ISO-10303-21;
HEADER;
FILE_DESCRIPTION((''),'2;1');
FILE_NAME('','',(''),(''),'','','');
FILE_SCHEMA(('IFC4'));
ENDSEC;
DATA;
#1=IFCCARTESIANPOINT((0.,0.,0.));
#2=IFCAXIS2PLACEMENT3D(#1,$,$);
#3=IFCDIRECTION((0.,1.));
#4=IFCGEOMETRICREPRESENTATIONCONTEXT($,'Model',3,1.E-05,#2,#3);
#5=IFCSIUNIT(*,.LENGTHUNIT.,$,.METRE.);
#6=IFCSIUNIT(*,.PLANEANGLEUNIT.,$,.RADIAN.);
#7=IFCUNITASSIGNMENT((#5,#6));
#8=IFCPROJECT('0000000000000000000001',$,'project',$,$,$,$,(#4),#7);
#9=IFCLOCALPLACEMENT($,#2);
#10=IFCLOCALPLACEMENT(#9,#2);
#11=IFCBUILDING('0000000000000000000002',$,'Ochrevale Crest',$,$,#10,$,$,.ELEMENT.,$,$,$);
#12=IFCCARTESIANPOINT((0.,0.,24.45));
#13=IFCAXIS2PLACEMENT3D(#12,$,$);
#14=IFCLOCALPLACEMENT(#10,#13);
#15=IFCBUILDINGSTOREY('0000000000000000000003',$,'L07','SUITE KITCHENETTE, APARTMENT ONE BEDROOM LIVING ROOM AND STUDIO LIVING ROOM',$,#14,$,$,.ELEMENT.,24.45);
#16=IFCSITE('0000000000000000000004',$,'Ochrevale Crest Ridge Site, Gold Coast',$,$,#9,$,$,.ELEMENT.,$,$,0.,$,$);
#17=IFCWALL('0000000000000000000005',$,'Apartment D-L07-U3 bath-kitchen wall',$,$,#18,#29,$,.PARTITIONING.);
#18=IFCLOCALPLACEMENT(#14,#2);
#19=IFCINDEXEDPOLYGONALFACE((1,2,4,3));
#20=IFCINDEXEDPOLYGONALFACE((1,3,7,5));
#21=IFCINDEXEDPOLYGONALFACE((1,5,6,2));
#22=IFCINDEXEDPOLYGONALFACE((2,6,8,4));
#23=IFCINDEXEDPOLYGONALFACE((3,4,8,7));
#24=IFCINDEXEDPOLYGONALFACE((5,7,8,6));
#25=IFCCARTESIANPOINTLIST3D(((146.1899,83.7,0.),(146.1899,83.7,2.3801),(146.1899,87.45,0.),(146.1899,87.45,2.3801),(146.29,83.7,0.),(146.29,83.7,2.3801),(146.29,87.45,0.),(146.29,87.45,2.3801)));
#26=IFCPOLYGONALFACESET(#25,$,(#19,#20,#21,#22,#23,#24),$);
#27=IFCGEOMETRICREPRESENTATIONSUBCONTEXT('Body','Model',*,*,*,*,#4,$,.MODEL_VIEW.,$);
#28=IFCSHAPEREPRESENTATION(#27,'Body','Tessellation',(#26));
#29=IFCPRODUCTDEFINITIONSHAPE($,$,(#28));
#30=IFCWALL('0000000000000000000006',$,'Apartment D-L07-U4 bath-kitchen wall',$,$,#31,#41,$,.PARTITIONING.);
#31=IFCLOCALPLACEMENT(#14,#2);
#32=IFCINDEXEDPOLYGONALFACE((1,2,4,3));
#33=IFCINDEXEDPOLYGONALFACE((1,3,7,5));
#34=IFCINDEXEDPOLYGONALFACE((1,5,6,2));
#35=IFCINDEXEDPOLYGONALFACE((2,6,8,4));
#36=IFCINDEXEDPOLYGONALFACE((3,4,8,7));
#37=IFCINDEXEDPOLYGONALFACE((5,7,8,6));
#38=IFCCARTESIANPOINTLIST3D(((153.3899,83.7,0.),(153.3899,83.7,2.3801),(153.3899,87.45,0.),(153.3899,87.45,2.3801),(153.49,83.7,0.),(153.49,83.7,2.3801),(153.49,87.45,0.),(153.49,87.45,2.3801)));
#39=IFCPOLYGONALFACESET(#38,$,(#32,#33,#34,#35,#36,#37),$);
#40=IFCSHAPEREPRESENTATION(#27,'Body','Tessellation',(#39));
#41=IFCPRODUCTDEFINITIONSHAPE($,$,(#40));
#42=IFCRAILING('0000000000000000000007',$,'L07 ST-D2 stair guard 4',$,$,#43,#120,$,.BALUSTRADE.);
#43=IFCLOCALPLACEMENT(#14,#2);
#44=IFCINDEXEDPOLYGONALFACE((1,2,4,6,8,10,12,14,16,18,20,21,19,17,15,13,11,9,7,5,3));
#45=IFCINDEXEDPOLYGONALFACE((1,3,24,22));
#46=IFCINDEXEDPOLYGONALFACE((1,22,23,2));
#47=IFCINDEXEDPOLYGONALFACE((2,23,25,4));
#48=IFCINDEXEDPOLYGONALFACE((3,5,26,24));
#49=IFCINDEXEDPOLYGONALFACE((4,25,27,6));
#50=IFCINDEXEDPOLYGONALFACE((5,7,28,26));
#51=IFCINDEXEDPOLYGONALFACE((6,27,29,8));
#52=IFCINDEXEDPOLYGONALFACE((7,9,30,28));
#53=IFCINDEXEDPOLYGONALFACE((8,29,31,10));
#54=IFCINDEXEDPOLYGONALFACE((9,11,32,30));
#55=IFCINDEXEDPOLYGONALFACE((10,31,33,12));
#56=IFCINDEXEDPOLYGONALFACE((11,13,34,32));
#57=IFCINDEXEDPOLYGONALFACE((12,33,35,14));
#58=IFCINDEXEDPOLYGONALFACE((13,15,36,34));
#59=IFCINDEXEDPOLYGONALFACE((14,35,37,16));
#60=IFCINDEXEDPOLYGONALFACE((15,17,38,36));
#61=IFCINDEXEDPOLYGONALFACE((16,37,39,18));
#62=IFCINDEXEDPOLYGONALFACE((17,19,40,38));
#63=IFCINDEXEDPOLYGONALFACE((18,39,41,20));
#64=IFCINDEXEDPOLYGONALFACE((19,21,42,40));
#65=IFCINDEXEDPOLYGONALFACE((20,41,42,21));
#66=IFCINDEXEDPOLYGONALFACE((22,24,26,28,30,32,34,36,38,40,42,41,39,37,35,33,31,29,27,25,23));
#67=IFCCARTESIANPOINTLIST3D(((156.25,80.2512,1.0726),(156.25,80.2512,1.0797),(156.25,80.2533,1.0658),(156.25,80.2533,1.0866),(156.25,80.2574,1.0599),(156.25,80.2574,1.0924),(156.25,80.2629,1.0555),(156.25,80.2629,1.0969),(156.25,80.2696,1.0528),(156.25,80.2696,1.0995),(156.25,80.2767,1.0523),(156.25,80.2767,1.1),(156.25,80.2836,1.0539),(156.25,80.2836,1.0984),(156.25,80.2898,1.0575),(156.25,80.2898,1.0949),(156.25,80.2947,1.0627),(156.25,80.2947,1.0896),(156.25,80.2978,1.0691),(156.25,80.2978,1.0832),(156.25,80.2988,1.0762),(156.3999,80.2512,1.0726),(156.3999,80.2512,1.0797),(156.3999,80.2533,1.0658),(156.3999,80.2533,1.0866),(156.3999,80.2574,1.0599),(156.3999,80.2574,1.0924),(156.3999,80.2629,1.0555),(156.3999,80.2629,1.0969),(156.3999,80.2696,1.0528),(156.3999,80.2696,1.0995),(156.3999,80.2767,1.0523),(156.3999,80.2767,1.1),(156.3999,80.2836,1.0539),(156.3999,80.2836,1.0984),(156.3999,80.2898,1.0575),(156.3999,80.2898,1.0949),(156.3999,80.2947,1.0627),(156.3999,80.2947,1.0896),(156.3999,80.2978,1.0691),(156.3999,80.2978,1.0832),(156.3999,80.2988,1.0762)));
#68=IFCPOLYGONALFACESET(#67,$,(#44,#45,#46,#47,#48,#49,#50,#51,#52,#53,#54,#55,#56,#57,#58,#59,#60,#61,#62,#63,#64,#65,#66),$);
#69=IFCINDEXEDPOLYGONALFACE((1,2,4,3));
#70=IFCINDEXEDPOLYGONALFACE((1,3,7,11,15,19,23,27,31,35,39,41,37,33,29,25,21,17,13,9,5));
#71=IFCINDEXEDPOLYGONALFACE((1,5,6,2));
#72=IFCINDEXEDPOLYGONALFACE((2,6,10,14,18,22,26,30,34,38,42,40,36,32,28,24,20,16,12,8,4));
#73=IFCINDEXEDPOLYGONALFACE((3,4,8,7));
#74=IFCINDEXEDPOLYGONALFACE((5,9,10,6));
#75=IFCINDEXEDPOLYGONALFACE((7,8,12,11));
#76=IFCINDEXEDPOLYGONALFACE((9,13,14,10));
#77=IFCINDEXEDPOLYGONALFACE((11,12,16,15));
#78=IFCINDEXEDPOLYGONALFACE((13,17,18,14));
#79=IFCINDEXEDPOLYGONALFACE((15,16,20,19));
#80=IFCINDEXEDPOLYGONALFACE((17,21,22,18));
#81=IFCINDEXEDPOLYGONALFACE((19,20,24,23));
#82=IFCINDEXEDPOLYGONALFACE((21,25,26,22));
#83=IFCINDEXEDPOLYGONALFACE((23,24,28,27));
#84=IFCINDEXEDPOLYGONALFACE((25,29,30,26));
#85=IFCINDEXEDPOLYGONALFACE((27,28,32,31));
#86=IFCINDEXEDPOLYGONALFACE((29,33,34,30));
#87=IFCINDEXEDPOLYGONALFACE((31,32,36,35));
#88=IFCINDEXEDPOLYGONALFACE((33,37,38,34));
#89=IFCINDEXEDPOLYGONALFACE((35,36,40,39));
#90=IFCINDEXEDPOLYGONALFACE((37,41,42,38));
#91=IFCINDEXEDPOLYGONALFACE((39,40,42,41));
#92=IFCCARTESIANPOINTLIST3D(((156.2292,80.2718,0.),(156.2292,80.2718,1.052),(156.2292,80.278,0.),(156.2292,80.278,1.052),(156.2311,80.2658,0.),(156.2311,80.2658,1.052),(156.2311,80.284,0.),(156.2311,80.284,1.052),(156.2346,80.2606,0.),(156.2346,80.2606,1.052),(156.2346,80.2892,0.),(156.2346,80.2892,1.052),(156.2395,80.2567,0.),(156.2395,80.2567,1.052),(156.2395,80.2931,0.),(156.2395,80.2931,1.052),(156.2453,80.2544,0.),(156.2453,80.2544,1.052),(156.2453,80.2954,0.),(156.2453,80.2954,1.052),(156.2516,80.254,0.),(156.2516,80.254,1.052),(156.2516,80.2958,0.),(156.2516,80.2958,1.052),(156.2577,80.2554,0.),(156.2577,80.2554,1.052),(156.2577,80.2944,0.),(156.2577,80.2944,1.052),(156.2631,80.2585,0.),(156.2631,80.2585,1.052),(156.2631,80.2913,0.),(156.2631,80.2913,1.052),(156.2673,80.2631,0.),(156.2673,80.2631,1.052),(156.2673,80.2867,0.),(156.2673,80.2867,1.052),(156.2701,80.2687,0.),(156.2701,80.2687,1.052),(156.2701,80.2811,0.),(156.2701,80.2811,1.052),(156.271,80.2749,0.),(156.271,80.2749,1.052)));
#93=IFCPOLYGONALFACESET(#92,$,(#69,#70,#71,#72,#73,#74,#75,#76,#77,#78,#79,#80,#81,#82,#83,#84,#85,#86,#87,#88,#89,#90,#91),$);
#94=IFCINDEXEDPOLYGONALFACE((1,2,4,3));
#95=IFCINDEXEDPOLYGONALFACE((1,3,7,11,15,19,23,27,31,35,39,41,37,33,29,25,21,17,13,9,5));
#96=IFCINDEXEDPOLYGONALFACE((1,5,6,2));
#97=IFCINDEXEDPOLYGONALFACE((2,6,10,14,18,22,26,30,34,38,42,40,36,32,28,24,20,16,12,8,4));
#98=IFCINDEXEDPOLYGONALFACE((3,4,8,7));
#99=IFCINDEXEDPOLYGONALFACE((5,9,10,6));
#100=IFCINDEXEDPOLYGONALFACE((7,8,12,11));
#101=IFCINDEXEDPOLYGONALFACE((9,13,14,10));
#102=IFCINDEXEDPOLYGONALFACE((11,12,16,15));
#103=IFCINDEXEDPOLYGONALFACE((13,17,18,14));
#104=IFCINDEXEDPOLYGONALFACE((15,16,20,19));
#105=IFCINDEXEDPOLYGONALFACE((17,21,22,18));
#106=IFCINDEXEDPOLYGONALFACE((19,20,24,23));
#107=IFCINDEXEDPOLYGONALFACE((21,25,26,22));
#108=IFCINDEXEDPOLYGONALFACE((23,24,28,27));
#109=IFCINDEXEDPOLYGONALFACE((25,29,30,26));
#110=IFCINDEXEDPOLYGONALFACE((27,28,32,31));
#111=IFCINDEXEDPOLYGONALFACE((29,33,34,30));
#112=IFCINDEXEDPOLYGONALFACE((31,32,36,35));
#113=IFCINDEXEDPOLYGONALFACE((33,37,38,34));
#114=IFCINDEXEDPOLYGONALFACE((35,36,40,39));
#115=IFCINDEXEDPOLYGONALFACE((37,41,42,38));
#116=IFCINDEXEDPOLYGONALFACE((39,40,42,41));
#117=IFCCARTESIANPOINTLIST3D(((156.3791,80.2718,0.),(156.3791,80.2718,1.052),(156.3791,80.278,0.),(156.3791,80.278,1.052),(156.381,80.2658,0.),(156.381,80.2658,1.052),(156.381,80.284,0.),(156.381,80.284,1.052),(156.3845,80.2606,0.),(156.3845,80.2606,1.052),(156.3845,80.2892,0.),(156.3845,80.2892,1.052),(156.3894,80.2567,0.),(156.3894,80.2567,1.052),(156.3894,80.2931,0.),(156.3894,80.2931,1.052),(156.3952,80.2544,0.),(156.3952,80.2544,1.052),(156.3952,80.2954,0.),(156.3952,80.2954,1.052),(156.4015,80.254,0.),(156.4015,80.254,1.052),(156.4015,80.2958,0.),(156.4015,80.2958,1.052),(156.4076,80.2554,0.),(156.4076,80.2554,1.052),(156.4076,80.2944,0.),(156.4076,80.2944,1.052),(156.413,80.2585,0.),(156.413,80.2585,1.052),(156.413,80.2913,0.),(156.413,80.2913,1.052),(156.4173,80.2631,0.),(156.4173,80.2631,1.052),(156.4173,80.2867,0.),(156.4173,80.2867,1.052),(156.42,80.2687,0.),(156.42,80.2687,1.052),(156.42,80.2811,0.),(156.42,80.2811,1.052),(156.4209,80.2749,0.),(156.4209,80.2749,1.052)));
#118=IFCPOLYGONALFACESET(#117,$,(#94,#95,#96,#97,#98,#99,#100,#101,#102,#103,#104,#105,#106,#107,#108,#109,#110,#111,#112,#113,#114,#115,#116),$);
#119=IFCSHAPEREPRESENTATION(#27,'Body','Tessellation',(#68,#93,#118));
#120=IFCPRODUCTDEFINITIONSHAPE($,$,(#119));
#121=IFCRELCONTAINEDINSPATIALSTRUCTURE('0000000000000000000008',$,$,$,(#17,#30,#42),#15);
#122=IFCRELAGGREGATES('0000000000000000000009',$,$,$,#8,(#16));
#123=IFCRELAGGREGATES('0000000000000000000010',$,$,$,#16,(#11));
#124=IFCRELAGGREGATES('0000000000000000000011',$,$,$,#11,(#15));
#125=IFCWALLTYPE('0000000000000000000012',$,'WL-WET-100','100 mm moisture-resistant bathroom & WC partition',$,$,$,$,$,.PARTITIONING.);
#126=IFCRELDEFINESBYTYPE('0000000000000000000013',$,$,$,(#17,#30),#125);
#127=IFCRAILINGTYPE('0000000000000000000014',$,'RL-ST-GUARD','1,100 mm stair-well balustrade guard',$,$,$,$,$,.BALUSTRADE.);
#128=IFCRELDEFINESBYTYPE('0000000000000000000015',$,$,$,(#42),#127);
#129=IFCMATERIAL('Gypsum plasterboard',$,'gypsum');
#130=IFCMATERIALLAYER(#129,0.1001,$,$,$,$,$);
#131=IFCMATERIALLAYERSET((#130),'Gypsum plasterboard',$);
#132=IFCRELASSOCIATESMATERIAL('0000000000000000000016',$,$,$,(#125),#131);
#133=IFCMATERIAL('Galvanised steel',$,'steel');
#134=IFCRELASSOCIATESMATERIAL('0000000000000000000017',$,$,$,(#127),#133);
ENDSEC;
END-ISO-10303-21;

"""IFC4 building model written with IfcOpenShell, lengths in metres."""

from ifc_helpers import new_model, si_unit, direction, frame, frame_2d, origin, origin_2d, place, context, subcontext, project, spatial, rectangle, circle, extrude, material, layer, layer_set, type_object, element, save


model = new_model("IFC4")

# Units and contexts
model_context = context("Model", 3, precision=1e-05, world=origin(), true_north=direction((0.0, 1.0)))
body_context = subcontext(model_context, "Body", "Model", "MODEL_VIEW")
ifc_project = project(units=[si_unit("LENGTHUNIT", "METRE"), si_unit("PLANEANGLEUNIT", "RADIAN")], contexts=[model_context])

# Site, building, storey
site_placement = place(None, origin())
site = spatial("IfcSite", under=ifc_project, at=site_placement, Name="Ochrevale Crest Ridge Site, Gold Coast", CompositionType="ELEMENT", RefElevation=0.0)
building_placement = place(site_placement, origin())
building = spatial("IfcBuilding", under=site, at=building_placement, Name="Ochrevale Crest", CompositionType="ELEMENT")
storey_placement = place(building_placement, frame((0.0, 0.0, 24.45)))
storey = spatial("IfcBuildingStorey", under=building, at=storey_placement, Name="L07", Description="SUITE KITCHENETTE, APARTMENT ONE BEDROOM LIVING ROOM AND STUDIO LIVING ROOM", CompositionType="ELEMENT", Elevation=24.45)

# Shared definitions
ifc_material_1 = material(Name="Gypsum plasterboard", Category="gypsum")

# Walls
ifc_layer_1 = layer(ifc_material_1, 0.1001)
ifc_layer_set_1 = layer_set([ifc_layer_1], Name="Gypsum plasterboard")
wall_type_1 = type_object("IfcWallType", Name="WL-WET-100", Description="100 mm moisture-resistant bathroom & WC partition", PredefinedType="PARTITIONING", material=ifc_layer_set_1)
for number, where, z_axis, x_axis, name in (
    (1, (146.24, 83.7, 0.0), (0.0, 0.0, 1.0), (0.0, 1.0, 0.0), "Apartment D-L07-U3 bath-kitchen wall"),
    (2, (153.4399, 83.7, 0.0), (0.0, 0.0, 1.0), (0.0, 1.0, 0.0), "Apartment D-L07-U4 bath-kitchen wall"),
):
    element("IfcWall", number, at=place(storey_placement, frame(where, z_axis=z_axis, x_axis=x_axis)), inside=storey, type_object=wall_type_1, Name=name, PredefinedType="PARTITIONING", context=body_context, shape_type="SweptSolid", body=[
        extrude(rectangle(XDim=3.75, YDim=0.1001, at=frame_2d((1.875, 0.0))), origin(), (0.0, 0.0, 1.0), 2.3801),
    ])

# Railing
ifc_material_2 = material(Name="Galvanised steel", Category="steel")
railing_type = type_object("IfcRailingType", Name="RL-ST-GUARD", Description="1,100 mm stair-well balustrade guard", PredefinedType="BALUSTRADE", material=ifc_material_2)
railing_placement = place(storey_placement, frame((156.25, 80.2749, 0.0)))
element("IfcRailing", 3, at=railing_placement, inside=storey, type_object=railing_type, Name="L07 ST-D2 stair guard 4", PredefinedType="BALUSTRADE", context=body_context, shape_type="SweptSolid", body=[
    extrude(circle(Radius=0.0239, at=origin_2d()), frame((0.0, 0.0, 1.0762), z_axis=(1.0, 0.0, 0.0), x_axis=(0.0, 1.0, 0.0)), (0.0, 0.0, 1.0), 0.1499),
    extrude(circle(Radius=0.021, at=origin_2d()), origin(), (0.0, 0.0, 1.0), 1.052),
    extrude(circle(Radius=0.021, at=origin_2d()), frame((0.1499, 0.0, 0.0)), (0.0, 0.0, 1.0), 1.052),
])

save(model, "model.ifc")
